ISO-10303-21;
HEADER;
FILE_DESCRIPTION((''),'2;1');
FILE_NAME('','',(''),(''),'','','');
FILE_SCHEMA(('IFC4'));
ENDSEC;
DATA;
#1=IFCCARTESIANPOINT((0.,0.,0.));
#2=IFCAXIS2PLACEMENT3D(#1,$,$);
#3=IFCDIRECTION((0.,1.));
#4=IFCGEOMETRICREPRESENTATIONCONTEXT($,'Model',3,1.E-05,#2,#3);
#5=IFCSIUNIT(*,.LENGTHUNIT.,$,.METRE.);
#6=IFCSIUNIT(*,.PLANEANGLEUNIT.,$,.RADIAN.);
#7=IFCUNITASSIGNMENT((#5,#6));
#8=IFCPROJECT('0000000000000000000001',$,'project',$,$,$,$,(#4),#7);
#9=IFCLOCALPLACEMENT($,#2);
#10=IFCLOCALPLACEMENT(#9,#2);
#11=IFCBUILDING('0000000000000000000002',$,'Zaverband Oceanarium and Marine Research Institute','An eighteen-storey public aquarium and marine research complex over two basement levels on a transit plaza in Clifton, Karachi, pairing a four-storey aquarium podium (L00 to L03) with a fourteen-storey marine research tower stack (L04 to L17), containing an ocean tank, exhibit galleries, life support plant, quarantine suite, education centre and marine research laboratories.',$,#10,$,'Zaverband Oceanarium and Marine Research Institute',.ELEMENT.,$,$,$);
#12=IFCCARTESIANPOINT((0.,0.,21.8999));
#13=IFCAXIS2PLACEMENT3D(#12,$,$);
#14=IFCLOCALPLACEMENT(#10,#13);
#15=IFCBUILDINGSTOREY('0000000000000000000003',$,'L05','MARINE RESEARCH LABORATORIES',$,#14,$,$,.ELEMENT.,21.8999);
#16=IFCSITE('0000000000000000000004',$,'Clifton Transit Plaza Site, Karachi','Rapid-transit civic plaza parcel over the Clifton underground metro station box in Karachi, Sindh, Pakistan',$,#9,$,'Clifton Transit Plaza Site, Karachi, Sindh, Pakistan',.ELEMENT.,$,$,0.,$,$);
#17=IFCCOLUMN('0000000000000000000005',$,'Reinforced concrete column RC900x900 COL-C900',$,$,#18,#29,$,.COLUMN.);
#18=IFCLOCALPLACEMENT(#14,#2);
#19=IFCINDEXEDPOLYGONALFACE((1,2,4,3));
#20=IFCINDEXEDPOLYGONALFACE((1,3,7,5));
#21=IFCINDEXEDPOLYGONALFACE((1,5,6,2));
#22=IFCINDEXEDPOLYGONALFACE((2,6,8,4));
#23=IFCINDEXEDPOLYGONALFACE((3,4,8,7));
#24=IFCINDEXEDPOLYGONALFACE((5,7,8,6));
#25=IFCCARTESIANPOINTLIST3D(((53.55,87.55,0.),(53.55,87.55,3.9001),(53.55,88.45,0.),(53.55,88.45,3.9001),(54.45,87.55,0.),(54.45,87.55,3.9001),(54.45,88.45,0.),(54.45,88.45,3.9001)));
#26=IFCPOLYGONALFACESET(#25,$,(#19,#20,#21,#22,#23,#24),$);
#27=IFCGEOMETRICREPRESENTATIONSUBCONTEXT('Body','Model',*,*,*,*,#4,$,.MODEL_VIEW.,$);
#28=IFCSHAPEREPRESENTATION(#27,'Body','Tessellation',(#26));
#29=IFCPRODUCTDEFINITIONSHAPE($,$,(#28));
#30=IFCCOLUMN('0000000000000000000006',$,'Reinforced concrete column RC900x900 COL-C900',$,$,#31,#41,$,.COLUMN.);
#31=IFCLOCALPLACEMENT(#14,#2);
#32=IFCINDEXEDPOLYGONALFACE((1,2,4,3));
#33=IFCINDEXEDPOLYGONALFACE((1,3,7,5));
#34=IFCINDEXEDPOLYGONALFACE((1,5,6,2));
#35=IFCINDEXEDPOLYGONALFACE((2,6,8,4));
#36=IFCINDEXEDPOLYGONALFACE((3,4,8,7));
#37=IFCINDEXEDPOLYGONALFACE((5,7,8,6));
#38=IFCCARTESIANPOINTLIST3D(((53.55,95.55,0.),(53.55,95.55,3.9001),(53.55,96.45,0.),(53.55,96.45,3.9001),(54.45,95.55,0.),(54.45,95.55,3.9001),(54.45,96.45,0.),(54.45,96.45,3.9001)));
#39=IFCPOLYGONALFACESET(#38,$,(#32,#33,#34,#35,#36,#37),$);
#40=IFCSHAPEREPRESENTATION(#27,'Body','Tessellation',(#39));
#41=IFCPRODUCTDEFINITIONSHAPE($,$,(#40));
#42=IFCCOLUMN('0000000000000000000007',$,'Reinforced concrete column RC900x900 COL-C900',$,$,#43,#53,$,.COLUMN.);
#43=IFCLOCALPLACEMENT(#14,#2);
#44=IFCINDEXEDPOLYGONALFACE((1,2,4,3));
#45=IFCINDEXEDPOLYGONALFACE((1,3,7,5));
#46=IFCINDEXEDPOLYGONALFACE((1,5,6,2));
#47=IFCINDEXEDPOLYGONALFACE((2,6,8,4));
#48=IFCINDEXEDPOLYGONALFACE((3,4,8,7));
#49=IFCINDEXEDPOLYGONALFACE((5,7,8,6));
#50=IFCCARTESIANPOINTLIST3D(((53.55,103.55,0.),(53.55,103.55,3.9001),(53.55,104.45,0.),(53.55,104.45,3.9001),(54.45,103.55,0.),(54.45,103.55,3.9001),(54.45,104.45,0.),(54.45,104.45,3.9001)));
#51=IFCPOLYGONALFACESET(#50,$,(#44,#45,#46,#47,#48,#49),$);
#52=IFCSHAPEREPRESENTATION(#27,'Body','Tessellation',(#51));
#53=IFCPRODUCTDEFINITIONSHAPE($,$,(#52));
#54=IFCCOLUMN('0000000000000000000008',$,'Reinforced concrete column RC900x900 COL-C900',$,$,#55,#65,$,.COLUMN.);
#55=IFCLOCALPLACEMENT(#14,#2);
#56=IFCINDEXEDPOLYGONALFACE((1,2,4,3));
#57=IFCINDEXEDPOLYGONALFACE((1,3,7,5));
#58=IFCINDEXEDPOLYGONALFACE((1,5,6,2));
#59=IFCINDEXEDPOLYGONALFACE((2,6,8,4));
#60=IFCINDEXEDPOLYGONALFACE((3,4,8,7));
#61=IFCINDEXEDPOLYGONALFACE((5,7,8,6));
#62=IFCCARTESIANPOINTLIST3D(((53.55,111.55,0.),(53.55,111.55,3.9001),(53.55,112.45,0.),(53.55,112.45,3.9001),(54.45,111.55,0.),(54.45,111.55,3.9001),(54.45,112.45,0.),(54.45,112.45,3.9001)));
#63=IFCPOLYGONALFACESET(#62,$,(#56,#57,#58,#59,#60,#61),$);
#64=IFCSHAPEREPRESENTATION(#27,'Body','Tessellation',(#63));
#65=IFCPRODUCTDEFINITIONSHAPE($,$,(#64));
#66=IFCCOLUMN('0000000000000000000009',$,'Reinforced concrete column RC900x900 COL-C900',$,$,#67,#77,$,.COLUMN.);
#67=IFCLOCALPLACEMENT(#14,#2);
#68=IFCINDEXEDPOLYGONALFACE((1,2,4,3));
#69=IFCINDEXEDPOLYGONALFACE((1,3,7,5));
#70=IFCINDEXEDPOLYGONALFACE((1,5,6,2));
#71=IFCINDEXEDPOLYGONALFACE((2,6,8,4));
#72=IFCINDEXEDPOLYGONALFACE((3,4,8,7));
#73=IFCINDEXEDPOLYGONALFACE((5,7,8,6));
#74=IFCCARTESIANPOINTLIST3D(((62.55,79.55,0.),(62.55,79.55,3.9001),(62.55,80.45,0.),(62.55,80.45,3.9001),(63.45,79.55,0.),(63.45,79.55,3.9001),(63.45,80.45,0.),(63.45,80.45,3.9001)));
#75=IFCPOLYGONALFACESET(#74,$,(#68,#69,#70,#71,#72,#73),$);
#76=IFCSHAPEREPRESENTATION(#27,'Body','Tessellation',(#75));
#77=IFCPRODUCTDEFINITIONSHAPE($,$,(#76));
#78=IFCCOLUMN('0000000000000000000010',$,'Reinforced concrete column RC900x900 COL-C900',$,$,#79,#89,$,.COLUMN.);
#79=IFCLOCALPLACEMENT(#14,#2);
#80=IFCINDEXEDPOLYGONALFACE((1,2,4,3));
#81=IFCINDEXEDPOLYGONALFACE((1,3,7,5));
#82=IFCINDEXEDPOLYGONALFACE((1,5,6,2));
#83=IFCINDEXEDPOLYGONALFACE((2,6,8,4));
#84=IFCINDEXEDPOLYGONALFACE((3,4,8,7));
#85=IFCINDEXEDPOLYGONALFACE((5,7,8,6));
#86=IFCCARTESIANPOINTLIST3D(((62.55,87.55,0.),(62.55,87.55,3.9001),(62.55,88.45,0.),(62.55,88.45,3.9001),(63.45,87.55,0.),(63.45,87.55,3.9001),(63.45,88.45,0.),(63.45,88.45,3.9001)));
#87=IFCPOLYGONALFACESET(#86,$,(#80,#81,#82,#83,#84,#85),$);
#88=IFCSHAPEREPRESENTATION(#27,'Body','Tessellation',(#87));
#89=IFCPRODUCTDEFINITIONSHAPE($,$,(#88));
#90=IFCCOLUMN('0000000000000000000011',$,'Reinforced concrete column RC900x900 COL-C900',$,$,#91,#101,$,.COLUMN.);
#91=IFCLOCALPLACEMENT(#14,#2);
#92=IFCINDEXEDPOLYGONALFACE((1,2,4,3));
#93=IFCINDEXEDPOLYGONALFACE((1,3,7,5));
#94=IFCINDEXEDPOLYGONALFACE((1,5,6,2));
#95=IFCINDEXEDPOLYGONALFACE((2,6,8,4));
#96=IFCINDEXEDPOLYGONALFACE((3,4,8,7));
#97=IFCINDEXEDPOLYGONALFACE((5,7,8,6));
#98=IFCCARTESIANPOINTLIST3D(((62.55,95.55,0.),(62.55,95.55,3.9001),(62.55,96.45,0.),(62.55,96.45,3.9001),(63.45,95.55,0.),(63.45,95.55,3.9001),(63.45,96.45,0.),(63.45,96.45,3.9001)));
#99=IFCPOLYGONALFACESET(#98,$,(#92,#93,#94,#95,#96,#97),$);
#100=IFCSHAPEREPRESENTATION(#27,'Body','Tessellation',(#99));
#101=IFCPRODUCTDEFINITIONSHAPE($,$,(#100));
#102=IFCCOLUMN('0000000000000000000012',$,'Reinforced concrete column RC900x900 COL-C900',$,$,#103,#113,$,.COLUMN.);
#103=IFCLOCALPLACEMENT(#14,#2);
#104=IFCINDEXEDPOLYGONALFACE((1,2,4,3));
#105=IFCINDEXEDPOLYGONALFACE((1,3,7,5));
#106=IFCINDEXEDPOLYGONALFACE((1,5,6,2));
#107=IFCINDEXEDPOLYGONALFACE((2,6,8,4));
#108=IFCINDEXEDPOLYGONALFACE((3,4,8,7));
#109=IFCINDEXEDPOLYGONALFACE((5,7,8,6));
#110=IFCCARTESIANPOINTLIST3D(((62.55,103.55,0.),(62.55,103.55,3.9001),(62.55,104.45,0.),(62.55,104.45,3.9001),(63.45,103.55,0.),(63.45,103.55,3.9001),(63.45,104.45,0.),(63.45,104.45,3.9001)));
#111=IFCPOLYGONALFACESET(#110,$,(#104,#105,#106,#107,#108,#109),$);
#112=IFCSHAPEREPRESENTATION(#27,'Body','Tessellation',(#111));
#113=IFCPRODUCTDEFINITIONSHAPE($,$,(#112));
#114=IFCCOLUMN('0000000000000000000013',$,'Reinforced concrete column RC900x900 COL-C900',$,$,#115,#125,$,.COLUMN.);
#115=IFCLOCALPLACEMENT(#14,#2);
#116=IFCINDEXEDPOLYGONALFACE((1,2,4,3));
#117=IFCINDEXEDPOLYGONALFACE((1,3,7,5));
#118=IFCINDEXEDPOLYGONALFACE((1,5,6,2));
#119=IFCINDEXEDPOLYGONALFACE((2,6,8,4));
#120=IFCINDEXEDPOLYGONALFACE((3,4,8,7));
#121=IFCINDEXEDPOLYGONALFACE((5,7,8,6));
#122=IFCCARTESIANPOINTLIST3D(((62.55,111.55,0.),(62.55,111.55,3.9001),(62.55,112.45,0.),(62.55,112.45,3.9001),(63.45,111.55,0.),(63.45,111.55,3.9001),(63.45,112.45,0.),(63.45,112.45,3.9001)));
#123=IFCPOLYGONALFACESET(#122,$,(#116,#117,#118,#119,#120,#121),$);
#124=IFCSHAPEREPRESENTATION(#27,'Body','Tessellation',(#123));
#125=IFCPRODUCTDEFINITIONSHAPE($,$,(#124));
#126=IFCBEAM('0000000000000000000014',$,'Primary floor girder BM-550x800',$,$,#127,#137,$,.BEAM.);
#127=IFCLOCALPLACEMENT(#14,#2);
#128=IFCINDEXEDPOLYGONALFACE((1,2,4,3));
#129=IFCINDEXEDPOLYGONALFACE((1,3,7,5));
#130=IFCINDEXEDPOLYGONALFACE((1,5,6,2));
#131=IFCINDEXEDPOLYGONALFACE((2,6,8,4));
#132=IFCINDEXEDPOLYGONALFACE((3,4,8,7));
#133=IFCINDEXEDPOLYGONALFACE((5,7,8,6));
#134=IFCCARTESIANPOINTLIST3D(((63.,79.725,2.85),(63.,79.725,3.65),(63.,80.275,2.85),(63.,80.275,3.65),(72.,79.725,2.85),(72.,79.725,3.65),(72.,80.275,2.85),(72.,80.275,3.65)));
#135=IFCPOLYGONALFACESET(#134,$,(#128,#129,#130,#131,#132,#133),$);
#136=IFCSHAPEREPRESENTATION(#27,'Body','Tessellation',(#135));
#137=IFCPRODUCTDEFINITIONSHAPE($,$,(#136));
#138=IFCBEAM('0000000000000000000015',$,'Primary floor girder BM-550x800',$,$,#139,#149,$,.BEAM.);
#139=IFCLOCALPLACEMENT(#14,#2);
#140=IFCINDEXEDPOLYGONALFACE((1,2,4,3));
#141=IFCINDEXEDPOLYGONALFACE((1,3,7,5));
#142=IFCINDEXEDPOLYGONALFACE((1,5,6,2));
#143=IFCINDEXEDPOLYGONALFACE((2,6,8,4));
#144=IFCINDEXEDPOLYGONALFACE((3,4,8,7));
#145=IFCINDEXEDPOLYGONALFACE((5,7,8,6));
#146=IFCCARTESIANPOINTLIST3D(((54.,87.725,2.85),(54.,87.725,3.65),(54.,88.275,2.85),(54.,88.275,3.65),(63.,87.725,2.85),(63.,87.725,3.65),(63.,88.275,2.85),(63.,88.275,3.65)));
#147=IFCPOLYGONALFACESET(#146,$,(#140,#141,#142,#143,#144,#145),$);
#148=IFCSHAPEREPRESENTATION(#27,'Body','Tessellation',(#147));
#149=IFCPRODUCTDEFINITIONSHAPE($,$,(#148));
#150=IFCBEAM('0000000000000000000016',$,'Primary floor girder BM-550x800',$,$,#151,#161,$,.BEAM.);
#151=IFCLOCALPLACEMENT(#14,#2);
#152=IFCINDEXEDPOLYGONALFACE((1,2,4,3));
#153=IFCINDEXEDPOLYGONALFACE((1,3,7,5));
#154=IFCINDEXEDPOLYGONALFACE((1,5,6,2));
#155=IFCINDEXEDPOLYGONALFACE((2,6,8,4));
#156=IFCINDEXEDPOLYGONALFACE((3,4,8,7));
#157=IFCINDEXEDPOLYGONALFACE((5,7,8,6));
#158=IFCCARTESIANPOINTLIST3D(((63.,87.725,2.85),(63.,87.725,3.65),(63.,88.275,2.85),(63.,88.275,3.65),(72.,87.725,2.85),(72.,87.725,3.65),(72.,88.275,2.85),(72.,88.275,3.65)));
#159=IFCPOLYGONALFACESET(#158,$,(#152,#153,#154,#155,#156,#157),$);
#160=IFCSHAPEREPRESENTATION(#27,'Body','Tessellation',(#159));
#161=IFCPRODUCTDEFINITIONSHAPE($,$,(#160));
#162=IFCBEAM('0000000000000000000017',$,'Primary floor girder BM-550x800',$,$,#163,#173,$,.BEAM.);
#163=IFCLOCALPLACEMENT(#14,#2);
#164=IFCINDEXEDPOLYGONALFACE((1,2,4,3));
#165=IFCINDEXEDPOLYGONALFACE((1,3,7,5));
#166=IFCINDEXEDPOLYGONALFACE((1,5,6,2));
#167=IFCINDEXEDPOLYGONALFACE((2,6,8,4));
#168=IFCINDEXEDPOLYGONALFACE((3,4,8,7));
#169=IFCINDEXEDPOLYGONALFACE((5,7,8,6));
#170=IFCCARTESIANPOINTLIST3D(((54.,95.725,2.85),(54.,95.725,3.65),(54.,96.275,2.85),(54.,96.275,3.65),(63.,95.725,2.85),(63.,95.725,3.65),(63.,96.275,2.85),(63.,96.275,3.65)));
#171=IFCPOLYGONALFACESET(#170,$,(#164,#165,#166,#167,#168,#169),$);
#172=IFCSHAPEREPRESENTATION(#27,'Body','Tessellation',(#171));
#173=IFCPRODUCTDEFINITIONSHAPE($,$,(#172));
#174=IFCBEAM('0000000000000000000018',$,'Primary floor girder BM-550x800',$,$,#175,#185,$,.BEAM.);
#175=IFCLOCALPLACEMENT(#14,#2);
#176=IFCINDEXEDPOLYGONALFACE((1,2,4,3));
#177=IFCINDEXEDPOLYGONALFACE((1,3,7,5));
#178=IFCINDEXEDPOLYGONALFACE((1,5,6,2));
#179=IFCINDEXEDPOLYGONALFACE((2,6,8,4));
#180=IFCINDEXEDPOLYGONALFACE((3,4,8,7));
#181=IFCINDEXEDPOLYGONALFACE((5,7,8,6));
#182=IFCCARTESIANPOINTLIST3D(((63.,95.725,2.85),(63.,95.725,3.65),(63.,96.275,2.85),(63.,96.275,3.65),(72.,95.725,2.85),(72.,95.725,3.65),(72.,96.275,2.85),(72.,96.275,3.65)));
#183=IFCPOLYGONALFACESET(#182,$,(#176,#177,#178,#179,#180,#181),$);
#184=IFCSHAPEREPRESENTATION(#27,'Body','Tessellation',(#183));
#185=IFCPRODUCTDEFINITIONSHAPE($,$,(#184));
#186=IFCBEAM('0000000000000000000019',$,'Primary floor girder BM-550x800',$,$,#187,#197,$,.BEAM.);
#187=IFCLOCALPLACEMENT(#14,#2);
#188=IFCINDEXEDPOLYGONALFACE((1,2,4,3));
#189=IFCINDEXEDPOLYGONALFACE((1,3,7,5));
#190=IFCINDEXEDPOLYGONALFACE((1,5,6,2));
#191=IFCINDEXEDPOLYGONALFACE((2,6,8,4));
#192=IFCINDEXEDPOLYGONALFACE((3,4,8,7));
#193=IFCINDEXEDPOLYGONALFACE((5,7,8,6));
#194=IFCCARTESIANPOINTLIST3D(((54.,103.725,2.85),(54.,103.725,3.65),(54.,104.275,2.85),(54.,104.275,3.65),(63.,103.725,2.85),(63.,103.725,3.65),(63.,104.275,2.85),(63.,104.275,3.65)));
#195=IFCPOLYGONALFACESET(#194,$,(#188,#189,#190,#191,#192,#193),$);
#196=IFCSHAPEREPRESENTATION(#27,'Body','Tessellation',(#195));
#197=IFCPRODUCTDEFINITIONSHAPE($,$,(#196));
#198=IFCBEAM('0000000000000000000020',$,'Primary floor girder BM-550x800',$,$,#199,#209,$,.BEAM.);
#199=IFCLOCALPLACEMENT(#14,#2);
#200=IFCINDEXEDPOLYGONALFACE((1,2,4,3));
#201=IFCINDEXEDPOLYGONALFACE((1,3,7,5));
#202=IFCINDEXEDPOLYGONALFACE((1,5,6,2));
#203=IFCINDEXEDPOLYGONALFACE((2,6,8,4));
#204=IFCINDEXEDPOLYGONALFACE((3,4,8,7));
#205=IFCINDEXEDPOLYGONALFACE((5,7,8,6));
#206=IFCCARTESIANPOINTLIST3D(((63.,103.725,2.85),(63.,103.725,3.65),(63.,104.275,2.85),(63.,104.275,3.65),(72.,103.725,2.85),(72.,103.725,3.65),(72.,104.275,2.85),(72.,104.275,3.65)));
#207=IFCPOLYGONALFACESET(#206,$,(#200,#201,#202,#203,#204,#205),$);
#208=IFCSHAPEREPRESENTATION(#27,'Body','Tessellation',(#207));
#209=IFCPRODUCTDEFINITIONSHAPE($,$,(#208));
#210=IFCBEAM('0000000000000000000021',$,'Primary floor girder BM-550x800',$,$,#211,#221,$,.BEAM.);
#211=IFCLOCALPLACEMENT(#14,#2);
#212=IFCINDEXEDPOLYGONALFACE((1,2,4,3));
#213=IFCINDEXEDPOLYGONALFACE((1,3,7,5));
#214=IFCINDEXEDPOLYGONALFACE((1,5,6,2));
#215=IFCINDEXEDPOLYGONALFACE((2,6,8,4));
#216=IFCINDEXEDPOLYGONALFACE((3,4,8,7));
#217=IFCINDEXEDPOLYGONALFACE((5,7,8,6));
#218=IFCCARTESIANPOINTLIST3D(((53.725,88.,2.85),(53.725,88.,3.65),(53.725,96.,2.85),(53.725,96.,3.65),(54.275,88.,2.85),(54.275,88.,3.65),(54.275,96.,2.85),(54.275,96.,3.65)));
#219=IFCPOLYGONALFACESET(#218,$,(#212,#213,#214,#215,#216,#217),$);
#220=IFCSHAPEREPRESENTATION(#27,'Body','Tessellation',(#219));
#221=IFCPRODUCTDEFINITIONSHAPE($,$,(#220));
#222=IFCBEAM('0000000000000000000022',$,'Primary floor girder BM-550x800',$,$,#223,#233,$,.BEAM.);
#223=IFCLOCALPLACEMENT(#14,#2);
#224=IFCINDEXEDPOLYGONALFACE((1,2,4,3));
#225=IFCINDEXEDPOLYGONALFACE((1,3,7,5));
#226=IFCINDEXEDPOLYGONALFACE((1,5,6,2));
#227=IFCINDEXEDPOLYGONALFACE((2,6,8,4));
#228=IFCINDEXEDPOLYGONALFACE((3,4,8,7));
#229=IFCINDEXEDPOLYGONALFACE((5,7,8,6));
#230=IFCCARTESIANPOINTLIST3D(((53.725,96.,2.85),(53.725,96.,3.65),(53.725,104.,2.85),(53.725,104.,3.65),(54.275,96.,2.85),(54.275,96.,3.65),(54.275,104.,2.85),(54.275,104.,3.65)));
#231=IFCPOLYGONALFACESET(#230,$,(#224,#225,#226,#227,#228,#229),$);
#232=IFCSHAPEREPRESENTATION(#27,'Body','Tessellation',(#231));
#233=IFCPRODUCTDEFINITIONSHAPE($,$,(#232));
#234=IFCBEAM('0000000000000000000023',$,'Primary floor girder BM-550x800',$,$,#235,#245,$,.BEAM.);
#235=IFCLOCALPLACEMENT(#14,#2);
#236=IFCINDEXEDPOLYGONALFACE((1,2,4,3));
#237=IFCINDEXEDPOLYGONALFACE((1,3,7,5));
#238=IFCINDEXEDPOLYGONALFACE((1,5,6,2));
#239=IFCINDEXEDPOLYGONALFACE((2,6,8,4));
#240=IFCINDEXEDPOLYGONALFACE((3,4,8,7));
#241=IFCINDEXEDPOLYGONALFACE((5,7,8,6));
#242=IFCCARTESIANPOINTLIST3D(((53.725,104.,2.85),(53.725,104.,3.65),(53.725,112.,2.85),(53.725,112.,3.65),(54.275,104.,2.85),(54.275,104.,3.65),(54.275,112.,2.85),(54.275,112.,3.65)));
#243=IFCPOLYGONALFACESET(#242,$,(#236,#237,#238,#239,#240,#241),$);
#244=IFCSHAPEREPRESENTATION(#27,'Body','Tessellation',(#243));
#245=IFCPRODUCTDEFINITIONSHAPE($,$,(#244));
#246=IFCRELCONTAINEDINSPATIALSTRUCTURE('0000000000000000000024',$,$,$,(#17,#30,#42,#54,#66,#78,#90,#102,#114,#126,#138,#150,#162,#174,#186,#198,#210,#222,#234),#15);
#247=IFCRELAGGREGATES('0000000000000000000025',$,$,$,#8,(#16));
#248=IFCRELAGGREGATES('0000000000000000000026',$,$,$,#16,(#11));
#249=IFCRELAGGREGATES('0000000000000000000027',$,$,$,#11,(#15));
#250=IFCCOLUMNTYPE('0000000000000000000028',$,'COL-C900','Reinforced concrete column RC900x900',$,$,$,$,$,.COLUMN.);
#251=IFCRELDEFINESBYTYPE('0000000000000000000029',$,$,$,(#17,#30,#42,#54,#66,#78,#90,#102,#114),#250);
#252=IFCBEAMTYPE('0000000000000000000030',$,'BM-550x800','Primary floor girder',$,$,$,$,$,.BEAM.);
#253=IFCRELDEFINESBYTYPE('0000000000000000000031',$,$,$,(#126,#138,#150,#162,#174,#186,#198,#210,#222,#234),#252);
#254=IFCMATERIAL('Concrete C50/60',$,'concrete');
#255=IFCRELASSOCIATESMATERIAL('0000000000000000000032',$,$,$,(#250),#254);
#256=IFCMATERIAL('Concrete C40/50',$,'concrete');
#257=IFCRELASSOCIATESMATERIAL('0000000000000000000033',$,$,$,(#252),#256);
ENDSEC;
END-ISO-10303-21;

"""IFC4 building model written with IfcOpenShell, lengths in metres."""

from ifc_helpers import new_model, si_unit, direction, frame, origin, origin_2d, place, context, subcontext, project, spatial, rectangle, extrude, material, material_profile, profile_set, type_object, element, save


model = new_model("IFC4")

# Units and contexts
model_context = context("Model", 3, precision=1e-05, world=origin(), true_north=direction((0.0, 1.0)))
body_context = subcontext(model_context, "Body", "Model", "MODEL_VIEW")
ifc_project = project(units=[si_unit("LENGTHUNIT", "METRE"), si_unit("PLANEANGLEUNIT", "RADIAN")], contexts=[model_context])

# Site, building, storey
site_placement = place(None, origin())
site = spatial("IfcSite", under=ifc_project, at=site_placement, Name="Clifton Transit Plaza Site, Karachi", Description="Rapid-transit civic plaza parcel over the Clifton underground metro station box in Karachi, Sindh, Pakistan", LongName="Clifton Transit Plaza Site, Karachi, Sindh, Pakistan", CompositionType="ELEMENT", RefElevation=0.0)
building_placement = place(site_placement, origin())
building = spatial("IfcBuilding", under=site, at=building_placement, Name="Zaverband Oceanarium and Marine Research Institute", Description="An eighteen-storey public aquarium and marine research complex over two basement levels on a transit plaza in Clifton, Karachi, pairing a four-storey aquarium podium (L00 to L03) with a fourteen-storey marine research tower stack (L04 to L17), containing an ocean tank, exhibit galleries, life support plant, quarantine suite, education centre and marine research laboratories.", LongName="Zaverband Oceanarium and Marine Research Institute", CompositionType="ELEMENT")
storey_placement = place(building_placement, frame((0.0, 0.0, 21.8999)))
storey = spatial("IfcBuildingStorey", under=building, at=storey_placement, Name="L05", Description="MARINE RESEARCH LABORATORIES", CompositionType="ELEMENT", Elevation=21.8999)

# Columns
ifc_material_1 = material(Name="Concrete C50/60", Category="concrete")
ifc_material_profile_1 = material_profile(ifc_material_1, rectangle(XDim=0.8999, YDim=0.8999, at=origin_2d()), Name="RC900x900")
ifc_profile_set_1 = profile_set([ifc_material_profile_1], Name="Concrete C50/60")
column_type = type_object("IfcColumnType", Name="COL-C900", Description="Reinforced concrete column RC900x900", PredefinedType="COLUMN", material=ifc_profile_set_1)
for number, where, z_axis, x_axis, name in (
    (1, (54.0, 88.0, 0.0), (0.0, 0.0, 1.0), (1.0, 0.0, 0.0), "Reinforced concrete column RC900x900 COL-C900"),
    (2, (54.0, 96.0, 0.0), (0.0, 0.0, 1.0), (1.0, 0.0, 0.0), "Reinforced concrete column RC900x900 COL-C900"),
    (3, (54.0, 104.0, 0.0), (0.0, 0.0, 1.0), (1.0, 0.0, 0.0), "Reinforced concrete column RC900x900 COL-C900"),
    (4, (54.0, 112.0, 0.0), (0.0, 0.0, 1.0), (1.0, 0.0, 0.0), "Reinforced concrete column RC900x900 COL-C900"),
    (5, (63.0, 80.0, 0.0), (0.0, 0.0, 1.0), (1.0, 0.0, 0.0), "Reinforced concrete column RC900x900 COL-C900"),
    (6, (63.0, 88.0, 0.0), (0.0, 0.0, 1.0), (1.0, 0.0, 0.0), "Reinforced concrete column RC900x900 COL-C900"),
    (7, (63.0, 96.0, 0.0), (0.0, 0.0, 1.0), (1.0, 0.0, 0.0), "Reinforced concrete column RC900x900 COL-C900"),
    (8, (63.0, 104.0, 0.0), (0.0, 0.0, 1.0), (1.0, 0.0, 0.0), "Reinforced concrete column RC900x900 COL-C900"),
    (9, (63.0, 112.0, 0.0), (0.0, 0.0, 1.0), (1.0, 0.0, 0.0), "Reinforced concrete column RC900x900 COL-C900"),
):
    element("IfcColumn", number, at=place(storey_placement, frame(where, z_axis=z_axis, x_axis=x_axis)), inside=storey, type_object=column_type, Name=name, PredefinedType="COLUMN", context=body_context, shape_type="SweptSolid", body=[
        extrude(rectangle(XDim=0.8999, YDim=0.8999, at=origin_2d()), origin(), (0.0, 0.0, 1.0), 3.9001),
    ])

# Beams
ifc_material_2 = material(Name="Concrete C40/50", Category="concrete")
ifc_material_profile_2 = material_profile(ifc_material_2, rectangle(XDim=0.55, YDim=0.8, at=origin_2d()), Name="RC550x800")
ifc_profile_set_2 = profile_set([ifc_material_profile_2], Name="Concrete C40/50")
beam_type_1 = type_object("IfcBeamType", Name="BM-550x800", Description="Primary floor girder", PredefinedType="BEAM", material=ifc_profile_set_2)
for number, where, z_axis, x_axis, name in (
    (10, (63.0, 80.0, 3.25), (1.0, 0.0, 0.0), (0.0, 1.0, 0.0), "Primary floor girder BM-550x800"),
    (11, (54.0, 88.0, 3.25), (1.0, 0.0, 0.0), (0.0, 1.0, 0.0), "Primary floor girder BM-550x800"),
    (12, (63.0, 88.0, 3.25), (1.0, 0.0, 0.0), (0.0, 1.0, 0.0), "Primary floor girder BM-550x800"),
    (13, (54.0, 96.0, 3.25), (1.0, 0.0, 0.0), (0.0, 1.0, 0.0), "Primary floor girder BM-550x800"),
    (14, (63.0, 96.0, 3.25), (1.0, 0.0, 0.0), (0.0, 1.0, 0.0), "Primary floor girder BM-550x800"),
    (15, (54.0, 104.0, 3.25), (1.0, 0.0, 0.0), (0.0, 1.0, 0.0), "Primary floor girder BM-550x800"),
    (16, (63.0, 104.0, 3.25), (1.0, 0.0, 0.0), (0.0, 1.0, 0.0), "Primary floor girder BM-550x800"),
):
    element("IfcBeam", number, at=place(storey_placement, frame(where, z_axis=z_axis, x_axis=x_axis)), inside=storey, type_object=beam_type_1, Name=name, PredefinedType="BEAM", context=body_context, shape_type="SweptSolid", body=[
        extrude(rectangle(XDim=0.55, YDim=0.8, at=origin_2d()), origin(), (0.0, 0.0, 1.0), 9.0),
    ])
for number, where, z_axis, x_axis, name in (
    (17, (54.0, 88.0, 3.25), (0.0, 1.0, 0.0), (-1.0, 0.0, 0.0), "Primary floor girder BM-550x800"),
    (18, (54.0, 96.0, 3.25), (0.0, 1.0, 0.0), (-1.0, 0.0, 0.0), "Primary floor girder BM-550x800"),
    (19, (54.0, 104.0, 3.25), (0.0, 1.0, 0.0), (-1.0, 0.0, 0.0), "Primary floor girder BM-550x800"),
):
    element("IfcBeam", number, at=place(storey_placement, frame(where, z_axis=z_axis, x_axis=x_axis)), inside=storey, type_object=beam_type_1, Name=name, PredefinedType="BEAM", context=body_context, shape_type="SweptSolid", body=[
        extrude(rectangle(XDim=0.55, YDim=0.8, at=origin_2d()), origin(), (0.0, 0.0, 1.0), 8.0),
    ])

save(model, "model.ifc")
